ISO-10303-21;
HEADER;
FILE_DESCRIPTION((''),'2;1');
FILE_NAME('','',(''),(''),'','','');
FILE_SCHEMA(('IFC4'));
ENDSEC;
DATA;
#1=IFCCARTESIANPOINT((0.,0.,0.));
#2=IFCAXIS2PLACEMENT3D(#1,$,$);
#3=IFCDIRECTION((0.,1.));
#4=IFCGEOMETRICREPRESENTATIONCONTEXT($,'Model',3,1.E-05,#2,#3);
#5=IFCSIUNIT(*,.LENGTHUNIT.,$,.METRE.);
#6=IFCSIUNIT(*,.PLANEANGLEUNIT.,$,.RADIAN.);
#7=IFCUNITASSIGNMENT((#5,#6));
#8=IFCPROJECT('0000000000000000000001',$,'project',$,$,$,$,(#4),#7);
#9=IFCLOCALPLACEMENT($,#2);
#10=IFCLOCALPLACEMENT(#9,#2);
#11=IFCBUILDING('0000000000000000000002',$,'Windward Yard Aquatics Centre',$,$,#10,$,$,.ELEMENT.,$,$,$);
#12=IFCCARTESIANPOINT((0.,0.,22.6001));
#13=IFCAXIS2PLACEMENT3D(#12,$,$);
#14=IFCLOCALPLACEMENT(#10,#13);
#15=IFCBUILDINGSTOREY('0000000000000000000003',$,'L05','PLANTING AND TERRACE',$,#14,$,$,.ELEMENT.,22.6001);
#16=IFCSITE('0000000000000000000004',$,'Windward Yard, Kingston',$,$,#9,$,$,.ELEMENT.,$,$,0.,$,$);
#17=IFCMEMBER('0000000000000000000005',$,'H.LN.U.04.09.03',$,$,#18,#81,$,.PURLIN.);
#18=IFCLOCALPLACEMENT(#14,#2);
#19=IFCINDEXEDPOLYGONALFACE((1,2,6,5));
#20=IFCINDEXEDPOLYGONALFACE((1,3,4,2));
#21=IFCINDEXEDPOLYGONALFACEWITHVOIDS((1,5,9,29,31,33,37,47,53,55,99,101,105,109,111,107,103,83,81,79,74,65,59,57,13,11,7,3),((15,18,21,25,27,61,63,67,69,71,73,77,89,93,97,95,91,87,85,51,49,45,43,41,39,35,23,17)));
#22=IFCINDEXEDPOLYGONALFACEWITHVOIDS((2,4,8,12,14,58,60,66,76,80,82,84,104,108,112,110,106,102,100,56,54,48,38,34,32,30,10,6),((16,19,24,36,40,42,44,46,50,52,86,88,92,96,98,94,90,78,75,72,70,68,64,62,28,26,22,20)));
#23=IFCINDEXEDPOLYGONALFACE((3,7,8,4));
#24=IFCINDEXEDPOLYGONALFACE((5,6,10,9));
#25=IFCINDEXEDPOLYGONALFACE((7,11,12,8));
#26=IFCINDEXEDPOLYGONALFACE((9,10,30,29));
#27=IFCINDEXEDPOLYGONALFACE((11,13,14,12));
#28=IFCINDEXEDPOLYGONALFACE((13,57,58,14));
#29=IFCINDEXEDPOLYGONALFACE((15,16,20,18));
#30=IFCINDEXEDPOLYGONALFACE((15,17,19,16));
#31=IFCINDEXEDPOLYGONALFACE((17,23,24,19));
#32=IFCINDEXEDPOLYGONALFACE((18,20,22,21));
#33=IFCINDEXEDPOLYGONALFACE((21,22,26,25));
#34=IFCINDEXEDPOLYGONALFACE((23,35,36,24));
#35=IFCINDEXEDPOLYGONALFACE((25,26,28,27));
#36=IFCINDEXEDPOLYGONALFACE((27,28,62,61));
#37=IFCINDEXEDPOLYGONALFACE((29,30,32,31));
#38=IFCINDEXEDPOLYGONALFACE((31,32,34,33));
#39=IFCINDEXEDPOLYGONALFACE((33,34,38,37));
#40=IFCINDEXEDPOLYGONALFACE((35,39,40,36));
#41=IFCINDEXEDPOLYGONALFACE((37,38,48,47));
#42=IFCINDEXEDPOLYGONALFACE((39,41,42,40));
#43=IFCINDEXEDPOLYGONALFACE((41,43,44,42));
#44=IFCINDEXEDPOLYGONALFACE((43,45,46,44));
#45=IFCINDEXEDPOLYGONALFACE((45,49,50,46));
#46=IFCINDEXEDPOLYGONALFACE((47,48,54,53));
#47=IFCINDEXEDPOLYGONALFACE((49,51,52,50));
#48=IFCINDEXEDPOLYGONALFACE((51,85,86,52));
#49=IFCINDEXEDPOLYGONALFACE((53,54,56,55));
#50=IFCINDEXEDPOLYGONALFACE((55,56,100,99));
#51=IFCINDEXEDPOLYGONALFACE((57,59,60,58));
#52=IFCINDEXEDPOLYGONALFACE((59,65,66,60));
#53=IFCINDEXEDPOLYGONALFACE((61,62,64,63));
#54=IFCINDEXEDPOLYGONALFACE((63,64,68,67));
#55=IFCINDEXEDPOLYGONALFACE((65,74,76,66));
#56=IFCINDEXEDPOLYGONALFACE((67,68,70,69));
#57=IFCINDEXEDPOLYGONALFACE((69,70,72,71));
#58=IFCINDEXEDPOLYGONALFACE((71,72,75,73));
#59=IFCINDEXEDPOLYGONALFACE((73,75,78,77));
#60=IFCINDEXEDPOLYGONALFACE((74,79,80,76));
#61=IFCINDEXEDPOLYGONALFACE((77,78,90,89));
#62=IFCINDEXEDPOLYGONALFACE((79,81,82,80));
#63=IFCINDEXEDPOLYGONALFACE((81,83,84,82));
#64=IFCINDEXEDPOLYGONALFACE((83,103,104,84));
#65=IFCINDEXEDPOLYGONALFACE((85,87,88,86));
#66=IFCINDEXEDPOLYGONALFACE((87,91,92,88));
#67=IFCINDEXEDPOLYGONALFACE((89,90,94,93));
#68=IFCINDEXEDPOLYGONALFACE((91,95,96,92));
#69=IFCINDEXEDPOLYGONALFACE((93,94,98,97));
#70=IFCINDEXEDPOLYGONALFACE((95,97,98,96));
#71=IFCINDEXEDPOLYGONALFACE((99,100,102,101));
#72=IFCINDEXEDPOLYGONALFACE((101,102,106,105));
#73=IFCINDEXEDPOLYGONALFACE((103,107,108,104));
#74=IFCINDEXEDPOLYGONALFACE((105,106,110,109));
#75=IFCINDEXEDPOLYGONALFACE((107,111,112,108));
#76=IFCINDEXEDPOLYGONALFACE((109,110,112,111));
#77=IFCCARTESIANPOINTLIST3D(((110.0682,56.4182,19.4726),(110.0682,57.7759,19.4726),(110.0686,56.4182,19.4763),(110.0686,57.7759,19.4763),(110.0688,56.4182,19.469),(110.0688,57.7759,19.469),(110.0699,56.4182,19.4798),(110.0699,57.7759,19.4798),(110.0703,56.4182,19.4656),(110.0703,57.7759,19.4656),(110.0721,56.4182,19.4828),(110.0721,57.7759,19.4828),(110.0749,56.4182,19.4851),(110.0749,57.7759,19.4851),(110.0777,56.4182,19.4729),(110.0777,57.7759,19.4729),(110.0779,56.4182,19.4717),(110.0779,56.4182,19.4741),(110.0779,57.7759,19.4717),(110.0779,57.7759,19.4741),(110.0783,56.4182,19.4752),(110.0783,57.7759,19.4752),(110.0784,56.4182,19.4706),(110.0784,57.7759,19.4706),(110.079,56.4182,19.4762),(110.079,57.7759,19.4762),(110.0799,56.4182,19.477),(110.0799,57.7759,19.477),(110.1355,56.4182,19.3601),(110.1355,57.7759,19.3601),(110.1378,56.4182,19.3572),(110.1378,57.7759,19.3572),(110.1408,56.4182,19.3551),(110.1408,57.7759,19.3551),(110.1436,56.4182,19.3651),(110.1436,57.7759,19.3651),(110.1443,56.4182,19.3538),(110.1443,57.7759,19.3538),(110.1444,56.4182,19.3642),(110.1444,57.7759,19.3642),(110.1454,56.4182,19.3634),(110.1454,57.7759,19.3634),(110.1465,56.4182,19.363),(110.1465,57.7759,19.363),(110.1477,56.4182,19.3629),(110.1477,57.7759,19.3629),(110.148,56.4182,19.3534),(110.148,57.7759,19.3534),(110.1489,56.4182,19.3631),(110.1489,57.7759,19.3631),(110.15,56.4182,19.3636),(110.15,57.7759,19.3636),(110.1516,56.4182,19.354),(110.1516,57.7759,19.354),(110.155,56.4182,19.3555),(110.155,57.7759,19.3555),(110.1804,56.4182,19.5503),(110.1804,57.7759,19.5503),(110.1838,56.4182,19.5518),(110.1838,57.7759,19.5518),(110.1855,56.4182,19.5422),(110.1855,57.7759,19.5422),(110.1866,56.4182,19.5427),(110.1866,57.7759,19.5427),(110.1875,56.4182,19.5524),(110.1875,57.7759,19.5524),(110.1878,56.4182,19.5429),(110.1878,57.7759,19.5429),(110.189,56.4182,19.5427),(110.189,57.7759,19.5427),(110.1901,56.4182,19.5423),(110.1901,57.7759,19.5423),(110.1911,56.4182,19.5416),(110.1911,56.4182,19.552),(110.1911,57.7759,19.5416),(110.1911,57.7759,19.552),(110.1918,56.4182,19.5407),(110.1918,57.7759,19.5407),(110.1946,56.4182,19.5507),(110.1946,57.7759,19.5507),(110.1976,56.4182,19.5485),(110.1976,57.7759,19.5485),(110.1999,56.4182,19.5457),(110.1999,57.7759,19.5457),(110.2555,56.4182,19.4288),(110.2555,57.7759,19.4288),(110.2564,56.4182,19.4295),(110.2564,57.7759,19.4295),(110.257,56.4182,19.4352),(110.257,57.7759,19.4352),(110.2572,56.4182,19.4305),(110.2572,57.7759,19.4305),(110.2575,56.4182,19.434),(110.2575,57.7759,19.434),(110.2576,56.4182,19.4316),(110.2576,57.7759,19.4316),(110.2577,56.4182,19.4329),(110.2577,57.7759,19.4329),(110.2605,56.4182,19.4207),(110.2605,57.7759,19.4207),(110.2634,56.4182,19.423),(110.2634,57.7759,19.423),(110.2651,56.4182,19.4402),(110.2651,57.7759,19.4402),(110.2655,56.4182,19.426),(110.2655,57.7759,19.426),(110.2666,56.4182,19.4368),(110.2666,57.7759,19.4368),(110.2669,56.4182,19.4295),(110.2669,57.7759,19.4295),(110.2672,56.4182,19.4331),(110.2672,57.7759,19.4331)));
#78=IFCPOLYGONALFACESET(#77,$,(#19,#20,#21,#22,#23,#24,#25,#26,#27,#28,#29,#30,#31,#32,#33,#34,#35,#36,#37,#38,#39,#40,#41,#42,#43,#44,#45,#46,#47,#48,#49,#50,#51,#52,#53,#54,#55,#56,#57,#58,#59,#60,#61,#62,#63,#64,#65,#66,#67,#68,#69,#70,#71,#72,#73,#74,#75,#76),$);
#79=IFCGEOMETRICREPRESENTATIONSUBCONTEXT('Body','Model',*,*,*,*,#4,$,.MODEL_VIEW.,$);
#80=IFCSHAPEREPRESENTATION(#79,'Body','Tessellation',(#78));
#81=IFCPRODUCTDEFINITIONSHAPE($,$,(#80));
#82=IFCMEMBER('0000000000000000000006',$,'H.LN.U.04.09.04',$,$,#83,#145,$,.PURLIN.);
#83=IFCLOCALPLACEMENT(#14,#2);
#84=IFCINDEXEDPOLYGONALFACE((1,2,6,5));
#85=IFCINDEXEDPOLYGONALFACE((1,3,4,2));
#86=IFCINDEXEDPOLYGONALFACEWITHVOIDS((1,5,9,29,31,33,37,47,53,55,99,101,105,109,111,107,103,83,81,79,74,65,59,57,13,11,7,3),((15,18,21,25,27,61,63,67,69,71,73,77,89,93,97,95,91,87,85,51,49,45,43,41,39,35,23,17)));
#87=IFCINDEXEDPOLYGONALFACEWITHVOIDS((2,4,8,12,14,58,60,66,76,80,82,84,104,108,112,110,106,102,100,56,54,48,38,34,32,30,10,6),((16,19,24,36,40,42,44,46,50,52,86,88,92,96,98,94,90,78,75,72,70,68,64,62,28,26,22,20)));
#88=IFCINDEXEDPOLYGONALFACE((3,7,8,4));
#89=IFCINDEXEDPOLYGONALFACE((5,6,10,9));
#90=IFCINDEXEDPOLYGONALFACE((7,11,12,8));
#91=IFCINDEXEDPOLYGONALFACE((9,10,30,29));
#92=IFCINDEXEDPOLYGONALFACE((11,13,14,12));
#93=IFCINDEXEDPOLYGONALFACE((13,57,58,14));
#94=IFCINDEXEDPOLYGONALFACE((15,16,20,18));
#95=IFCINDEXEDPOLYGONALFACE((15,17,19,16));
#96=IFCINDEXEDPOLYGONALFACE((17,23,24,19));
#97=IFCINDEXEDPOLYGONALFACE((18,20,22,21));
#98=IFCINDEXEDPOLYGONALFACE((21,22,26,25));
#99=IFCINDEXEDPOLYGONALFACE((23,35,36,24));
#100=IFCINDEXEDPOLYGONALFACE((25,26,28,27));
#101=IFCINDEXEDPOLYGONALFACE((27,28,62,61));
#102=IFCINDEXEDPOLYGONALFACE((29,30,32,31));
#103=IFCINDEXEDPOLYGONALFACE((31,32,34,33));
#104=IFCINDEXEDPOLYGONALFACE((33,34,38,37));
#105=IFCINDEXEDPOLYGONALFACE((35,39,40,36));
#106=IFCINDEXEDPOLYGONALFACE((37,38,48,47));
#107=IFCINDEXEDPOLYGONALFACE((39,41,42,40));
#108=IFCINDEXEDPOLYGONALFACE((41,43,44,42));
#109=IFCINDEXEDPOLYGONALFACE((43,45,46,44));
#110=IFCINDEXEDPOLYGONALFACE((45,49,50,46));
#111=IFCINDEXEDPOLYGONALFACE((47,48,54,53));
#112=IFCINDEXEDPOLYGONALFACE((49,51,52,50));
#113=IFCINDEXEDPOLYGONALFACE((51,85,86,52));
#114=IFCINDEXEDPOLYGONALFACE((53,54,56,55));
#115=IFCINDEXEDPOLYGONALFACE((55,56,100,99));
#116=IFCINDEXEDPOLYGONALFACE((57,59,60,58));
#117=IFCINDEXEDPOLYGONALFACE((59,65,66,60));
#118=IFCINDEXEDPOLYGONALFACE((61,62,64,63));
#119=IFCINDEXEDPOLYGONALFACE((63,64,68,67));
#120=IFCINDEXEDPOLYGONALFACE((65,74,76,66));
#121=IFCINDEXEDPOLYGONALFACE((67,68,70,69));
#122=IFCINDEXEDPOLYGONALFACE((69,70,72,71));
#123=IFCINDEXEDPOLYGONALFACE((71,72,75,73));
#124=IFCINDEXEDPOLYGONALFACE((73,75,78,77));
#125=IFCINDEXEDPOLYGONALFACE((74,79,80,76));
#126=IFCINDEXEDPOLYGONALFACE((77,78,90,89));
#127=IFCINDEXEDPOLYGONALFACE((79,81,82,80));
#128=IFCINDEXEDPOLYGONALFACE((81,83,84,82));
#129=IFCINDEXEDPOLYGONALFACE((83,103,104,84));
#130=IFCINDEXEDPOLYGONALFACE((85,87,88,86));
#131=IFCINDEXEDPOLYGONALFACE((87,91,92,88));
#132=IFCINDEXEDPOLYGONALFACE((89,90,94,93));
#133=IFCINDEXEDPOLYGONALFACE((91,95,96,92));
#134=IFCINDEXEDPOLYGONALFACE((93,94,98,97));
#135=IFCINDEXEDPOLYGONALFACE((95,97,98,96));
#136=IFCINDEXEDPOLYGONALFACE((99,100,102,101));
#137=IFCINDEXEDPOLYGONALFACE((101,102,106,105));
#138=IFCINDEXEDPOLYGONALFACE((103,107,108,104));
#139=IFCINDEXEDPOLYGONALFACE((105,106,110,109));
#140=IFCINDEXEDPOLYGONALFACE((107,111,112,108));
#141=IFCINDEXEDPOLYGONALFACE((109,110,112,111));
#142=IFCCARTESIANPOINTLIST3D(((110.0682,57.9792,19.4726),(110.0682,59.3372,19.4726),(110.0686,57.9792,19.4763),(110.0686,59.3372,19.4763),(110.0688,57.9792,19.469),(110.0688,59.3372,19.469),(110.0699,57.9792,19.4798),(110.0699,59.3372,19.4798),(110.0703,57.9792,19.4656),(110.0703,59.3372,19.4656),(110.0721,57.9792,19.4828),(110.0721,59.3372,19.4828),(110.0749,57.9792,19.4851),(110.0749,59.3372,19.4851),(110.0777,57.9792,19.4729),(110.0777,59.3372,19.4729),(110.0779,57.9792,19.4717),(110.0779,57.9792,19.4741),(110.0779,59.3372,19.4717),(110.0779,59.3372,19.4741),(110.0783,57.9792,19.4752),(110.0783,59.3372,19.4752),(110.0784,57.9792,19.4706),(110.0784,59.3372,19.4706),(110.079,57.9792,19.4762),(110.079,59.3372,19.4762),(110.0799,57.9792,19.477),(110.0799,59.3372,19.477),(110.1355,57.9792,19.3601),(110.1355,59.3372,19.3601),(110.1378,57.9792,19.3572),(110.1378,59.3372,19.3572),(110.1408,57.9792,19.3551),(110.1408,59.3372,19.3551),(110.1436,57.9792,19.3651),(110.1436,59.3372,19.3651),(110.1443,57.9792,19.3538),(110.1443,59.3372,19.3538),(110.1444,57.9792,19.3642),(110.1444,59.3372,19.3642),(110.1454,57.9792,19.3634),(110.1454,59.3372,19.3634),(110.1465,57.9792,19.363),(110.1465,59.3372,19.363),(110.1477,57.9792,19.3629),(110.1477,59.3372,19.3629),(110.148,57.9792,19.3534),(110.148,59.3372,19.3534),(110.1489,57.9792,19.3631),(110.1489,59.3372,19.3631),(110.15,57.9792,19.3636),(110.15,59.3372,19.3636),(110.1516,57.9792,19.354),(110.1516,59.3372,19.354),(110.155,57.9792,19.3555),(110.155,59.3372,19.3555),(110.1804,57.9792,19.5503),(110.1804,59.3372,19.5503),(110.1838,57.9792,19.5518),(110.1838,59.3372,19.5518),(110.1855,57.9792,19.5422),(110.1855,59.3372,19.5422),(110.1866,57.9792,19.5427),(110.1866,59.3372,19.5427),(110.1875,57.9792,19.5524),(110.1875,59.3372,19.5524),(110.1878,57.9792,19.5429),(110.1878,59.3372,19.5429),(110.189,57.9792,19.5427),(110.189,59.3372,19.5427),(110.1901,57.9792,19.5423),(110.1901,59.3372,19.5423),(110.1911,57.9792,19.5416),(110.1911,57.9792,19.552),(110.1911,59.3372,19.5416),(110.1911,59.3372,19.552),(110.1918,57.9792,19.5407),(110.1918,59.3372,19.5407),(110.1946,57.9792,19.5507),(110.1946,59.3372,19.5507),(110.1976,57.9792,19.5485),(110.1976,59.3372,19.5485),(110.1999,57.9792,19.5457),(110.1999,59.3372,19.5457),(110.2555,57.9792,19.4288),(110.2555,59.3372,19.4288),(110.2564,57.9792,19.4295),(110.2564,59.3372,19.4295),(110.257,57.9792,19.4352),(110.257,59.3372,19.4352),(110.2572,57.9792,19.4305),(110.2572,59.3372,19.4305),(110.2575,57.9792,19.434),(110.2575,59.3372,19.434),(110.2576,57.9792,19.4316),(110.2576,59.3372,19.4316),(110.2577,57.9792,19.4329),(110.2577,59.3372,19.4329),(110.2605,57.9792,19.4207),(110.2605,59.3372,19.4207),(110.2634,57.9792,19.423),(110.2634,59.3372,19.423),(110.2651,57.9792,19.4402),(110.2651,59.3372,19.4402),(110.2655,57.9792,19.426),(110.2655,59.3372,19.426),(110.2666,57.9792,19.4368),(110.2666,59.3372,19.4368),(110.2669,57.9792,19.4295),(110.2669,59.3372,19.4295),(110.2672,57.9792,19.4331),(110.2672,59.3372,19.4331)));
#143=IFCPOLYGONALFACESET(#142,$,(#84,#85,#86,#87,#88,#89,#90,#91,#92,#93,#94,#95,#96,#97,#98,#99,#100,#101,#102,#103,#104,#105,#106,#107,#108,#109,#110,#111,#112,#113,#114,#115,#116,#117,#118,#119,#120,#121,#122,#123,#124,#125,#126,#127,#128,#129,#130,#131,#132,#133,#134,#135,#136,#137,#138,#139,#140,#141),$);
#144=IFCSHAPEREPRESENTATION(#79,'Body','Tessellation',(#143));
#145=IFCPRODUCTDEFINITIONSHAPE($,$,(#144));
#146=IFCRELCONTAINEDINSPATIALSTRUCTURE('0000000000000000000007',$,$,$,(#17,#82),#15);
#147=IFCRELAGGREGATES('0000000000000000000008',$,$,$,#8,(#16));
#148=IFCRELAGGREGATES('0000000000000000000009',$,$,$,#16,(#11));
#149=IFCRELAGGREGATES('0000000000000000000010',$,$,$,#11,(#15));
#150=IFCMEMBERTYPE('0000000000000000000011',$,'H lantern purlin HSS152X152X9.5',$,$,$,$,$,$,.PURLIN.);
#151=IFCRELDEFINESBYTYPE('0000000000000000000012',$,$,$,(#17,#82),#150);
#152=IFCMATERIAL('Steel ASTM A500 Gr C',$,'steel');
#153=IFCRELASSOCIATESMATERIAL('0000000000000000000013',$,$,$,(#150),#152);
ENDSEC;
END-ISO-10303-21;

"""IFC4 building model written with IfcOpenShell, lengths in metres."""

from ifc_helpers import new_model, si_unit, direction, frame, origin, origin_2d, place, context, subcontext, project, spatial, hollow_rectangle, extrude, material, material_profile, profile_set, type_object, element, save


model = new_model("IFC4")

# Units and contexts
model_context = context("Model", 3, precision=1e-05, world=origin(), true_north=direction((0.0, 1.0)))
body_context = subcontext(model_context, "Body", "Model", "MODEL_VIEW")
ifc_project = project(units=[si_unit("LENGTHUNIT", "METRE"), si_unit("PLANEANGLEUNIT", "RADIAN")], contexts=[model_context])

# Site, building, storey
site_placement = place(None, origin())
site = spatial("IfcSite", under=ifc_project, at=site_placement, Name="Windward Yard, Kingston", CompositionType="ELEMENT", RefElevation=0.0)
building_placement = place(site_placement, origin())
building = spatial("IfcBuilding", under=site, at=building_placement, Name="Windward Yard Aquatics Centre", CompositionType="ELEMENT")
storey_placement = place(building_placement, frame((0.0, 0.0, 22.6001)))
storey = spatial("IfcBuildingStorey", under=building, at=storey_placement, Name="L05", Description="PLANTING AND TERRACE", CompositionType="ELEMENT", Elevation=22.6001)

# Members
ifc_material_1 = material(Name="Steel ASTM A500 Gr C", Category="steel")
ifc_material_profile = material_profile(ifc_material_1, hollow_rectangle(XDim=0.1523, YDim=0.1523, WallThickness=0.0095, InnerFilletRadius=0.0046, OuterFilletRadius=0.0142, at=origin_2d()), Name="HSS152X152X9.5")
ifc_profile_set = profile_set([ifc_material_profile], Name="Steel ASTM A500 Gr C")
member_type = type_object("IfcMemberType", Name="H lantern purlin HSS152X152X9.5", PredefinedType="PURLIN", material=ifc_profile_set)
member_1_placement = place(storey_placement, frame((110.1677, 56.4182, 19.4529), z_axis=(0.0, 1.0, 0.0), x_axis=(-0.850755, 0.0, -0.525562)))
element("IfcMember", 1, at=member_1_placement, inside=storey, type_object=member_type, Name="H.LN.U.04.09.03", PredefinedType="PURLIN", context=body_context, shape_type="SweptSolid", body=[
    extrude(hollow_rectangle(XDim=0.1523, YDim=0.1523, WallThickness=0.0095, InnerFilletRadius=0.0046, OuterFilletRadius=0.0142, at=origin_2d()), origin(), (0.0, 0.0, 1.0), 1.3577),
])
member_2_placement = place(storey_placement, frame((110.1677, 57.9792, 19.4529), z_axis=(0.0, 1.0, 0.0), x_axis=(-0.850755, 0.0, -0.525562)))
element("IfcMember", 2, at=member_2_placement, inside=storey, type_object=member_type, Name="H.LN.U.04.09.04", PredefinedType="PURLIN", context=body_context, shape_type="SweptSolid", body=[
    extrude(hollow_rectangle(XDim=0.1523, YDim=0.1523, WallThickness=0.0095, InnerFilletRadius=0.0046, OuterFilletRadius=0.0142, at=origin_2d()), origin(), (0.0, 0.0, 1.0), 1.3579),
])

save(model, "model.ifc")
